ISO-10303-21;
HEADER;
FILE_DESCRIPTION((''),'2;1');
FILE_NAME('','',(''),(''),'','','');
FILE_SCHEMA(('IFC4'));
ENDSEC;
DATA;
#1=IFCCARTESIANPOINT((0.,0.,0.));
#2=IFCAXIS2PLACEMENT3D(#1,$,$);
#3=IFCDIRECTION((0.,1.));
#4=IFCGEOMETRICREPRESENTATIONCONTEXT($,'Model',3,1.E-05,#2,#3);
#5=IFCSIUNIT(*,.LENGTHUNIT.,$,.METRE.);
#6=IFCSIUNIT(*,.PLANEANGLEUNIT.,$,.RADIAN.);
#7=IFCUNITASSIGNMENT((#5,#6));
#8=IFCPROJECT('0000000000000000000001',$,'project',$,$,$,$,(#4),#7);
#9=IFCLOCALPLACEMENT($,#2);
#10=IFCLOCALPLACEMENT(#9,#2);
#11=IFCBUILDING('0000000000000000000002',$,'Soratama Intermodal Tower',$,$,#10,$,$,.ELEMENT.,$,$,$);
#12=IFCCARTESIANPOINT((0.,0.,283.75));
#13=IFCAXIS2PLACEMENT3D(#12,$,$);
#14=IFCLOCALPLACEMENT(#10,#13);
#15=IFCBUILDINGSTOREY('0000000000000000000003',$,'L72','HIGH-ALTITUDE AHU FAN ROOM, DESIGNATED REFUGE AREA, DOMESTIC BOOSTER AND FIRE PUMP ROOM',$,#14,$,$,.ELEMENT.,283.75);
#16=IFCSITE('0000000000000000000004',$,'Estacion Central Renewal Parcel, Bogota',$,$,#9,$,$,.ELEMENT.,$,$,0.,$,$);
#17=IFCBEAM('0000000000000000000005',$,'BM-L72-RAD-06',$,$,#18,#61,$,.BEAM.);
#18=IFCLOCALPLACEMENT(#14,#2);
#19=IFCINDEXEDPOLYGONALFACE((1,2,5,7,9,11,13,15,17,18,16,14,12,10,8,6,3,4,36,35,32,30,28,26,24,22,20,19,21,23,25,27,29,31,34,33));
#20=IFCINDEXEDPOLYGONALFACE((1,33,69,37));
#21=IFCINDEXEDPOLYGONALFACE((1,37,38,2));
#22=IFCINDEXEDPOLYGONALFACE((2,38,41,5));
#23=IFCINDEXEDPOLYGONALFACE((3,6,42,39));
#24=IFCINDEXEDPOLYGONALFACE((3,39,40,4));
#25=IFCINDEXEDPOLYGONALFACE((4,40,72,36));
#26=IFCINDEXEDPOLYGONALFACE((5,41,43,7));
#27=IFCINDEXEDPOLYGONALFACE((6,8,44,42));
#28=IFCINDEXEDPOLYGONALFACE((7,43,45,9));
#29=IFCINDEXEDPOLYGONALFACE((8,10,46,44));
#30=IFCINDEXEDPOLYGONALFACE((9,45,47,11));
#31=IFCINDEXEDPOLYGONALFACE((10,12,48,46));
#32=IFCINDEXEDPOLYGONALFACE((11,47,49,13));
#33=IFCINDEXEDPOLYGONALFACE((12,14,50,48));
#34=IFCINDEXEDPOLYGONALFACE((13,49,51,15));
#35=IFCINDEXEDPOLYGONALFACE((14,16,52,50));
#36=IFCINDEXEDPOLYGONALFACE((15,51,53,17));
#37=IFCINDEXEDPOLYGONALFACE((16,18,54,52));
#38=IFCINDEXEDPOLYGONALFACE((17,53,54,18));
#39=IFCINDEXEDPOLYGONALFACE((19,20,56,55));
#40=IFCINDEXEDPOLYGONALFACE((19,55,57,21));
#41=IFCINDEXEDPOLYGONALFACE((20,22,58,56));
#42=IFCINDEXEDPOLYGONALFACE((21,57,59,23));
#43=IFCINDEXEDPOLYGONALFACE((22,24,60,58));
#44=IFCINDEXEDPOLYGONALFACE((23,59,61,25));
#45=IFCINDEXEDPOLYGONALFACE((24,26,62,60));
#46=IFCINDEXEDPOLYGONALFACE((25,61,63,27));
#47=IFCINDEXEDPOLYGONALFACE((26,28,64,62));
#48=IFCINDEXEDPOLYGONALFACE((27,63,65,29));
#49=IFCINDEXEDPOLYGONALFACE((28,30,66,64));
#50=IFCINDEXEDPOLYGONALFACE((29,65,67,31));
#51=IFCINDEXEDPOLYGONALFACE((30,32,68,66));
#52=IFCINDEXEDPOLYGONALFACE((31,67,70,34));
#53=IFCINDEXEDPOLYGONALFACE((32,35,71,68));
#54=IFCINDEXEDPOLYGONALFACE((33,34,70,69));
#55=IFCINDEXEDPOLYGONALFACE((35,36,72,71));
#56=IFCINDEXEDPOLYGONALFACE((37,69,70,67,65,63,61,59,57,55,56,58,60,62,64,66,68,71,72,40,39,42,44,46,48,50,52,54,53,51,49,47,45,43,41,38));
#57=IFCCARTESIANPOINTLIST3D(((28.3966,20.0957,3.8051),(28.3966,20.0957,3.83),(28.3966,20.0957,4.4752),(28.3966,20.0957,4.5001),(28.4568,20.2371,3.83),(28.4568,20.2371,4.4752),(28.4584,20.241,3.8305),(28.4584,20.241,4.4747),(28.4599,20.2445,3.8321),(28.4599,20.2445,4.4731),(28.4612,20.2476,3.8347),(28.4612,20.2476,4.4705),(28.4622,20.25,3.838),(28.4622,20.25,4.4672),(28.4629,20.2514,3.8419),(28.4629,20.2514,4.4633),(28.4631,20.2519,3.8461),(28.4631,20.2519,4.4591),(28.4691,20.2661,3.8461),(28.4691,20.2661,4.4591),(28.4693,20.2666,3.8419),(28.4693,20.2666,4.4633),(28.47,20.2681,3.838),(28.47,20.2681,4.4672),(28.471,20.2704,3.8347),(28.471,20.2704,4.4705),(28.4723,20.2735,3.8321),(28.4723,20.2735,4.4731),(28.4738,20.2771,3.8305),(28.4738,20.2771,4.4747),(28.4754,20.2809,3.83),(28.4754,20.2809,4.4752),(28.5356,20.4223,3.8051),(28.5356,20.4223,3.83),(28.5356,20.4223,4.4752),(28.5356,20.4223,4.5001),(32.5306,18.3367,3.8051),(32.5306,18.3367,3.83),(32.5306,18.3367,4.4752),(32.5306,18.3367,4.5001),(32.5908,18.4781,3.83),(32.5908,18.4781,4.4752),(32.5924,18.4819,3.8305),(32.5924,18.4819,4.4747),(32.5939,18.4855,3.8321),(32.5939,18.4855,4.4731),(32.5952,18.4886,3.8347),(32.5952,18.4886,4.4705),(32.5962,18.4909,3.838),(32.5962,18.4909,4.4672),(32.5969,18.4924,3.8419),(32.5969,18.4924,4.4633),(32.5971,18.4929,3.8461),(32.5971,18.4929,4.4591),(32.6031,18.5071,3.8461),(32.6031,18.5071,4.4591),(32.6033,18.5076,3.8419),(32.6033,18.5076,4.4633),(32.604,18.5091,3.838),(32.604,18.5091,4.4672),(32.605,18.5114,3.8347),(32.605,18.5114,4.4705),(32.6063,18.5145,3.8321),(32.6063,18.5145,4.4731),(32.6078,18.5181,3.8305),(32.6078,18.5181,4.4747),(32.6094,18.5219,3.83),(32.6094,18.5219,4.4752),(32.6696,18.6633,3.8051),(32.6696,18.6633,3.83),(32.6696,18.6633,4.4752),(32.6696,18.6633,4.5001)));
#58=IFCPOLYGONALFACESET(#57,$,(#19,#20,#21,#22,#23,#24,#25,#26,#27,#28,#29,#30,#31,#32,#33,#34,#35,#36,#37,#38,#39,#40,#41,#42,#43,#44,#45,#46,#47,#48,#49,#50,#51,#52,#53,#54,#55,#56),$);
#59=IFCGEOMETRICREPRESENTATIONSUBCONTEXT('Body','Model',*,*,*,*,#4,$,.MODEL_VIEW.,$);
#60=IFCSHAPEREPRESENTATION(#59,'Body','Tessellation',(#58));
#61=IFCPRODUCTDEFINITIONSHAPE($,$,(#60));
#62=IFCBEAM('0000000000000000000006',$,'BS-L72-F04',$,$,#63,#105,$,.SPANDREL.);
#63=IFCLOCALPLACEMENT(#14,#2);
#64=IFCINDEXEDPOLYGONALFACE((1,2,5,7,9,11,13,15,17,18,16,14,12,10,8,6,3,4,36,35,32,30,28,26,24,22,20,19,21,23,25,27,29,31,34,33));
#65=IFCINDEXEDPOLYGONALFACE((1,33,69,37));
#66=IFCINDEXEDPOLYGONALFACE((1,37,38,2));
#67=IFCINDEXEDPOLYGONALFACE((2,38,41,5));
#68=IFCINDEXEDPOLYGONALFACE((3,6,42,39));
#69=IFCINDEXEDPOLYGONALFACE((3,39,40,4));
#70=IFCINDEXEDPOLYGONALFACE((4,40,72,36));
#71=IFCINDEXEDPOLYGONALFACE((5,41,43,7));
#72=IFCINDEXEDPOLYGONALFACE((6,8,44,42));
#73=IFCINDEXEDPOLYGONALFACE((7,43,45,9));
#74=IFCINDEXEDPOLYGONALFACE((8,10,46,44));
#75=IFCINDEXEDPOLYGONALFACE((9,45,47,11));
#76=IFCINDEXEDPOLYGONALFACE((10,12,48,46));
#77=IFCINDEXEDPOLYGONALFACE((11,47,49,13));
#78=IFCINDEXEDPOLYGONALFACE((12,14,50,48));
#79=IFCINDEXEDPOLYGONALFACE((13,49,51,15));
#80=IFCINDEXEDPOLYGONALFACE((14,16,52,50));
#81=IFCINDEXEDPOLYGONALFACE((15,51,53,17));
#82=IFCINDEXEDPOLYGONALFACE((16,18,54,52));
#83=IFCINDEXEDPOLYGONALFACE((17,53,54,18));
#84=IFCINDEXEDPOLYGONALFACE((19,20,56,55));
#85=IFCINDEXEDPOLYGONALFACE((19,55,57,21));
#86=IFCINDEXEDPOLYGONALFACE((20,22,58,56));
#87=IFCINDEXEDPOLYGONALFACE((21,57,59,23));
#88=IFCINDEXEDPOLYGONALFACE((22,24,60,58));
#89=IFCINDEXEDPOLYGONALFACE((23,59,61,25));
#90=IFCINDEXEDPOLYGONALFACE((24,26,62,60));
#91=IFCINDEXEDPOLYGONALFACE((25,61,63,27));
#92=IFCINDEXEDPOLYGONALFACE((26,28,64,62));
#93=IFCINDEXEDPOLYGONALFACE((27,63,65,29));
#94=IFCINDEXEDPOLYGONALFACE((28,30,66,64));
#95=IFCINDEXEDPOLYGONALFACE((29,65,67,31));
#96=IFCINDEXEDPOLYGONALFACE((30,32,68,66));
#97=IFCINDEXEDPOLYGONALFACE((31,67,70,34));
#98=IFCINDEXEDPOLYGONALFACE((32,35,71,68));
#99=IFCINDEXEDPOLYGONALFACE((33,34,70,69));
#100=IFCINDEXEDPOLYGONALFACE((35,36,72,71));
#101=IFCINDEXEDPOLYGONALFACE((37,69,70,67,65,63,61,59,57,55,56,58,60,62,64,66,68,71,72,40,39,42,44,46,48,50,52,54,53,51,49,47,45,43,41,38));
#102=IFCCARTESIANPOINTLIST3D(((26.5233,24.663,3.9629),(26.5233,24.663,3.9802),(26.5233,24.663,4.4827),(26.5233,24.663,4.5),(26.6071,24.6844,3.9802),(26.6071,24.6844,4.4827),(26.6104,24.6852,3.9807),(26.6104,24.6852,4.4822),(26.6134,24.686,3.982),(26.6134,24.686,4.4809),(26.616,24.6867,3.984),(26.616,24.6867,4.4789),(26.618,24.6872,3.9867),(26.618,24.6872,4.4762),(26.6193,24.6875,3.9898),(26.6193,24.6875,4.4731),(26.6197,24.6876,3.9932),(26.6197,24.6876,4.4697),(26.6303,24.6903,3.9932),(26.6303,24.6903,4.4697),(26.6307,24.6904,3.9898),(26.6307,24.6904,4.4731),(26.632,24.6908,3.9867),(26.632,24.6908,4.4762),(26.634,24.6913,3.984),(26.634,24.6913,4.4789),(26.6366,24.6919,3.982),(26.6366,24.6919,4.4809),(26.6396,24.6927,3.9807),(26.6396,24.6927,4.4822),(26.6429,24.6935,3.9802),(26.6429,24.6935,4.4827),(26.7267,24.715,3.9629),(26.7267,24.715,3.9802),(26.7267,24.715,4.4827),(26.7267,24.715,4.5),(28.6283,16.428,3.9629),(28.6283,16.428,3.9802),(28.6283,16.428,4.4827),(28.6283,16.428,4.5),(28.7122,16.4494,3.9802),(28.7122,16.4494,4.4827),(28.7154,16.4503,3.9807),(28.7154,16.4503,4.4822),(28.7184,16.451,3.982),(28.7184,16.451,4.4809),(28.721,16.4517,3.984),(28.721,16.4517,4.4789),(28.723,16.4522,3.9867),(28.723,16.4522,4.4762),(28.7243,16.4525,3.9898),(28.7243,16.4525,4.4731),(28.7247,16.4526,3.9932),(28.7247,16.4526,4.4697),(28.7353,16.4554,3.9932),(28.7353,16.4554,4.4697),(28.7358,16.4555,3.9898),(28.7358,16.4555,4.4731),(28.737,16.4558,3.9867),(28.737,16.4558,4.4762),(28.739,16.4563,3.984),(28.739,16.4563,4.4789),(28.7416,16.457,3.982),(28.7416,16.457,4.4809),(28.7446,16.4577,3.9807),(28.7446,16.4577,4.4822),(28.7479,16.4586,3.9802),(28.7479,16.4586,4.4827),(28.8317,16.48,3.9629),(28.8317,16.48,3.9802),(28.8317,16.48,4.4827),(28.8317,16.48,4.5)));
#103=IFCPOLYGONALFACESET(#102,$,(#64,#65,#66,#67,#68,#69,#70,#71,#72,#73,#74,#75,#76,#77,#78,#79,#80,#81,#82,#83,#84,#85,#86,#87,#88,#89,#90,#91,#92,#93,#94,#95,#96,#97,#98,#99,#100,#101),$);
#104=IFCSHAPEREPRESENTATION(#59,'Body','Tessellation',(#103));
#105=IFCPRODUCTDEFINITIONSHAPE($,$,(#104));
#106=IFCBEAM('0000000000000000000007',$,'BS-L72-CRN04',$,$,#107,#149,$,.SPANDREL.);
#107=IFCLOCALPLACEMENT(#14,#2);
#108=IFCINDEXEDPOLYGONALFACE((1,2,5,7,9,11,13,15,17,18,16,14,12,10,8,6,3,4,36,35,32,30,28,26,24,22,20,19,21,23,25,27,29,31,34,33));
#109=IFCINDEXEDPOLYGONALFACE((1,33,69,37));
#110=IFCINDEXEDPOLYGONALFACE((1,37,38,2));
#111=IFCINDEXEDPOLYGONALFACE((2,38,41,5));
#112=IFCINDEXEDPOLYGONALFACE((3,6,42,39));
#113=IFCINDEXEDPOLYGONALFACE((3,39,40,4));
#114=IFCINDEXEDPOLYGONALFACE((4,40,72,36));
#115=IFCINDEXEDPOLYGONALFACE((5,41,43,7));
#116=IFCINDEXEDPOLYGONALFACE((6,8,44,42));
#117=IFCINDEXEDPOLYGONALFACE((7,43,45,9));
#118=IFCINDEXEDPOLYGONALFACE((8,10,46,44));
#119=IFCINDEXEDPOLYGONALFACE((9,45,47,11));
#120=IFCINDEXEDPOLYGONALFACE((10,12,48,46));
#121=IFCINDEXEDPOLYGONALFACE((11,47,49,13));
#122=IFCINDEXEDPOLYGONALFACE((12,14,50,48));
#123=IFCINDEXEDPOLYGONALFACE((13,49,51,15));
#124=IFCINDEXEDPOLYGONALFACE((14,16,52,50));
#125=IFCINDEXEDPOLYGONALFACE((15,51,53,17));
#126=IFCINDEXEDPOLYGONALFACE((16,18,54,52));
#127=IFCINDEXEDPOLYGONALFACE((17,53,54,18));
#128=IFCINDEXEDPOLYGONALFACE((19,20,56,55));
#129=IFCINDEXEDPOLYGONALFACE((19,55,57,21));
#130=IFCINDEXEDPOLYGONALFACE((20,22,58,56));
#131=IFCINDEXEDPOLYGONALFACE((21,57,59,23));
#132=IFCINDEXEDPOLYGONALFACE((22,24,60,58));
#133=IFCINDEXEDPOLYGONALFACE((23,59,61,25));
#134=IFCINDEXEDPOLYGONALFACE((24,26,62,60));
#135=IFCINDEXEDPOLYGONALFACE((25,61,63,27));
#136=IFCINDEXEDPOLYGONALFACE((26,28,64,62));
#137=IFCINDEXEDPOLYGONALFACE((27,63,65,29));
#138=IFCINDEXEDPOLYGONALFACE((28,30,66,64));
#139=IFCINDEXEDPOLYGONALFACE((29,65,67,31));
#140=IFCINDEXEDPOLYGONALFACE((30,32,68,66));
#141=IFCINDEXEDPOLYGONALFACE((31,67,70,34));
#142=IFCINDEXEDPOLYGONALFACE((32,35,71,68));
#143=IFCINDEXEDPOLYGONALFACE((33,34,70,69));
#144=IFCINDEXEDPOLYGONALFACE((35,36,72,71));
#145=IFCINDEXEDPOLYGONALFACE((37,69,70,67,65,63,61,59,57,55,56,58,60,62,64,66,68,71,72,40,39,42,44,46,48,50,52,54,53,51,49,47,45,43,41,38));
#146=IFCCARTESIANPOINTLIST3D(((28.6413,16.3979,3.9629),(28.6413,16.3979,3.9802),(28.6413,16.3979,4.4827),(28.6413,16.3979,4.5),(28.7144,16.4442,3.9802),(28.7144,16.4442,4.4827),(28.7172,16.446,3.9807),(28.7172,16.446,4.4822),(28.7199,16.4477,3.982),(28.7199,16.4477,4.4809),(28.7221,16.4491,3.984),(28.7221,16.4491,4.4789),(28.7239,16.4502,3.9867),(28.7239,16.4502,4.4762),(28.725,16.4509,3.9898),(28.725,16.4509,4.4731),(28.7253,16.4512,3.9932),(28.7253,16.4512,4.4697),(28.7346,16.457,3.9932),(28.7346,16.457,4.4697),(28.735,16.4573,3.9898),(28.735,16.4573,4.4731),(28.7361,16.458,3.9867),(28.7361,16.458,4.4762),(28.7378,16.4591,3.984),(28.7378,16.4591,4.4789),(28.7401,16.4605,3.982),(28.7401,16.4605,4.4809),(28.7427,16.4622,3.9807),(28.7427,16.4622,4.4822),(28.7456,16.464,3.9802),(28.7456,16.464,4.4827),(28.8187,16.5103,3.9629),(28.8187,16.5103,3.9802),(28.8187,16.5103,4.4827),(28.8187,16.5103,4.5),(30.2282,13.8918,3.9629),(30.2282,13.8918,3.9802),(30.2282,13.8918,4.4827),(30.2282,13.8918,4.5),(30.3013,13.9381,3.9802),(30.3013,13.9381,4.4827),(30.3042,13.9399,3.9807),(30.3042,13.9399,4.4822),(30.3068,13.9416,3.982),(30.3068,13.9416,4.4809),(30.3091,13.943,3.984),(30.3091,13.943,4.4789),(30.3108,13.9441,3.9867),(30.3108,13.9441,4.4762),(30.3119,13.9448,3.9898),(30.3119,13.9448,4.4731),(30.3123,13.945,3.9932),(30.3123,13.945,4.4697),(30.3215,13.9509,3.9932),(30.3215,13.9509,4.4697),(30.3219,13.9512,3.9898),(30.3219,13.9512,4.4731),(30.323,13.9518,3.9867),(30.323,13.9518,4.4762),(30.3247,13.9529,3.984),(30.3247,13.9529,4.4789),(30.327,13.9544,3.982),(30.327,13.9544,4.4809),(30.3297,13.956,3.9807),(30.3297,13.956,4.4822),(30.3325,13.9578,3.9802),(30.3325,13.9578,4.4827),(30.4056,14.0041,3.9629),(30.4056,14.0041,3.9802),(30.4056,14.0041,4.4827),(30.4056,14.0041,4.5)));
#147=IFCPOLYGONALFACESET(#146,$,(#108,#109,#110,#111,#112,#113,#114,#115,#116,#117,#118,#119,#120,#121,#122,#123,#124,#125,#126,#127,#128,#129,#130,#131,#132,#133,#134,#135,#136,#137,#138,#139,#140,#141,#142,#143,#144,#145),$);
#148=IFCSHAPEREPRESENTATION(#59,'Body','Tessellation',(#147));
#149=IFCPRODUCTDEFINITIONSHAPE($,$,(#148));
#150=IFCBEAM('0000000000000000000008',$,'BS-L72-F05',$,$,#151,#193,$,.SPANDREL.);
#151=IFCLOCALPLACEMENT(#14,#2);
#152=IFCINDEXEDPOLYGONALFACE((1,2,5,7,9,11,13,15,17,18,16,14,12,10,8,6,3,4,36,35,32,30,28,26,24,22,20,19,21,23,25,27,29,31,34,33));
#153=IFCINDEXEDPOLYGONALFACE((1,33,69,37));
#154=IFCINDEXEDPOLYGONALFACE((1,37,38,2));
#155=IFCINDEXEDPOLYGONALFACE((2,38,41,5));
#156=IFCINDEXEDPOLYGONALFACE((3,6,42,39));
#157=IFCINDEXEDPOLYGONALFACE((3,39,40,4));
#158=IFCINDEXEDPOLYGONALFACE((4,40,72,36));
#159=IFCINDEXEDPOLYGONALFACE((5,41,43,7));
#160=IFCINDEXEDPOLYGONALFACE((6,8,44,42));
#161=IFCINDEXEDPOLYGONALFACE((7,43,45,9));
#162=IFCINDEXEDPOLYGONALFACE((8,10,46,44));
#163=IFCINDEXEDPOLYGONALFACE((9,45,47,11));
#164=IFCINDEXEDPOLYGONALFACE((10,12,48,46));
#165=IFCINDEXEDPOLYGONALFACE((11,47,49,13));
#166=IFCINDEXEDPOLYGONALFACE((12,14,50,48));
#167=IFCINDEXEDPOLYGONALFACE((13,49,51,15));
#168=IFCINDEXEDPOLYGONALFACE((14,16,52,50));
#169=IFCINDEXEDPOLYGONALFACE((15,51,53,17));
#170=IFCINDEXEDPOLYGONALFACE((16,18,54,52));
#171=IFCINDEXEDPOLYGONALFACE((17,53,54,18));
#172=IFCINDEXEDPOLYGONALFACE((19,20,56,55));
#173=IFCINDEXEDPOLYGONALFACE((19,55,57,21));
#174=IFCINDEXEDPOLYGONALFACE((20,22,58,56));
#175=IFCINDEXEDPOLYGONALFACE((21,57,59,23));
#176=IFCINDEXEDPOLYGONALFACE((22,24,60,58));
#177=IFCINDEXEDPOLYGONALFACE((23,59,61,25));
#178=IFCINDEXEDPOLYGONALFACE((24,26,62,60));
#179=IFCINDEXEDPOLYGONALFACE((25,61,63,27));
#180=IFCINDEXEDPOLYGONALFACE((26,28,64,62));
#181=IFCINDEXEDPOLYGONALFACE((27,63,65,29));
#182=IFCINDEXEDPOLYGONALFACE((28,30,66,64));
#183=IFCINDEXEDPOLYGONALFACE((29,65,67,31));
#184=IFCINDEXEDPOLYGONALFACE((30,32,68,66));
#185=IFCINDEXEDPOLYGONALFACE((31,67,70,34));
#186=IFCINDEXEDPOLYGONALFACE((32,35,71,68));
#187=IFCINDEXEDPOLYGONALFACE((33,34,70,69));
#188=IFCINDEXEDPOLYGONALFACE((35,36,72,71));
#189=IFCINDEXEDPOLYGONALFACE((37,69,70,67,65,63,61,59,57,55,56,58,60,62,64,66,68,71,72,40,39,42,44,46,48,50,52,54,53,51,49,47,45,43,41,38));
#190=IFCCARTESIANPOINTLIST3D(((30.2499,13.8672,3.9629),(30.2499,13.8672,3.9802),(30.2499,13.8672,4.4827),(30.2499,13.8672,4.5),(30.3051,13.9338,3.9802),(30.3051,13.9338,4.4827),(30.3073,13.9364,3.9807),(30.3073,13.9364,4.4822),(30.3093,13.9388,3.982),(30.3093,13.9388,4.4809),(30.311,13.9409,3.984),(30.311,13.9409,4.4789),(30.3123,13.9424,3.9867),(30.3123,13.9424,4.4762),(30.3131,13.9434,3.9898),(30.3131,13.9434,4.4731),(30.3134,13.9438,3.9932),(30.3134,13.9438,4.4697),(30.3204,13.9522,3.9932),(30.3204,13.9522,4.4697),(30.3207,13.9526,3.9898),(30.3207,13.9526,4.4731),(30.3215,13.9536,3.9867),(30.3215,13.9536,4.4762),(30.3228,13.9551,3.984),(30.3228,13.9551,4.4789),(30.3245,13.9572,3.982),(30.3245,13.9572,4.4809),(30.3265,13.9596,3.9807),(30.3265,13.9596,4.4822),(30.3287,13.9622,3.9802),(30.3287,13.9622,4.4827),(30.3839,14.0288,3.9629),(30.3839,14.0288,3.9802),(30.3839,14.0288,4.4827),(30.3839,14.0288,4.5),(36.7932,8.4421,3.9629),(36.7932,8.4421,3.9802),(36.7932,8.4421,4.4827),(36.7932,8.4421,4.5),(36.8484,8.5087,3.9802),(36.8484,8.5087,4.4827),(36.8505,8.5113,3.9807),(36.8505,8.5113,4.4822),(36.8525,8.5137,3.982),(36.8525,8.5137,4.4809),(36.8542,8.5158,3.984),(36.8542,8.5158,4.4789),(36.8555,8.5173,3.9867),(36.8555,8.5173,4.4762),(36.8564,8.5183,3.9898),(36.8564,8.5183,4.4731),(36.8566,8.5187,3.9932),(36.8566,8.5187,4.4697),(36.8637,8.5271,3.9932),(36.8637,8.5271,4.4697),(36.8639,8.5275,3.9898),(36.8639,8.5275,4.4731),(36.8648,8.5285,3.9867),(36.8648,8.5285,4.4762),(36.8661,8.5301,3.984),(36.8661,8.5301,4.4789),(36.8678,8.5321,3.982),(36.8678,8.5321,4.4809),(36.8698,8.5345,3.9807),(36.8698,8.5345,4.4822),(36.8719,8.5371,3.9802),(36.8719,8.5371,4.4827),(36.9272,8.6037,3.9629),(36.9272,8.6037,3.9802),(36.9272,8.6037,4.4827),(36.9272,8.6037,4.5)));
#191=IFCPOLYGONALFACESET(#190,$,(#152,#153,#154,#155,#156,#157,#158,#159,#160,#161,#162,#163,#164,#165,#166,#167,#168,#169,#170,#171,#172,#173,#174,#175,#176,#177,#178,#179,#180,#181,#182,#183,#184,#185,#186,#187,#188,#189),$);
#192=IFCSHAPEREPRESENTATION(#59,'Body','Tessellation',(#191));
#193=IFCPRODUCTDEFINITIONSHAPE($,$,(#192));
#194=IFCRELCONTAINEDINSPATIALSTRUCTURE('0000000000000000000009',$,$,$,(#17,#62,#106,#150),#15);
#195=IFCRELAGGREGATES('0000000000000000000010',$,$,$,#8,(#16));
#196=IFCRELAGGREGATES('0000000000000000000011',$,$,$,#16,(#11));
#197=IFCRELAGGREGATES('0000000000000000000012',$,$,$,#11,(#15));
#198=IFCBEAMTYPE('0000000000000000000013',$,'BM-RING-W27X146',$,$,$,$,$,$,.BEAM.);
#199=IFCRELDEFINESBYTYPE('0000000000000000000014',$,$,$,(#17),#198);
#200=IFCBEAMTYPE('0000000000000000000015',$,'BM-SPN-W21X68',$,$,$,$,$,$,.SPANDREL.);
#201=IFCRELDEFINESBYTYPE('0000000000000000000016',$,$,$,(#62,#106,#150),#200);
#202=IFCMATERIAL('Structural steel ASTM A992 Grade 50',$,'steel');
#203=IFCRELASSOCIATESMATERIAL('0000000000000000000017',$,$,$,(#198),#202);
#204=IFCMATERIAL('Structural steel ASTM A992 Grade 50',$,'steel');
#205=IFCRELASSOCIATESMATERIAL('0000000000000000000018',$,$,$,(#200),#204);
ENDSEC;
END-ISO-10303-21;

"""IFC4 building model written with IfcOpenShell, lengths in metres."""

from ifc_helpers import new_model, si_unit, direction, frame, origin, origin_2d, place, context, subcontext, project, spatial, i_section, extrude, material, material_profile, profile_set, type_object, element, save


model = new_model("IFC4")

# Units and contexts
model_context = context("Model", 3, precision=1e-05, world=origin(), true_north=direction((0.0, 1.0)))
body_context = subcontext(model_context, "Body", "Model", "MODEL_VIEW")
ifc_project = project(units=[si_unit("LENGTHUNIT", "METRE"), si_unit("PLANEANGLEUNIT", "RADIAN")], contexts=[model_context])

# Site, building, storey
site_placement = place(None, origin())
site = spatial("IfcSite", under=ifc_project, at=site_placement, Name="Estacion Central Renewal Parcel, Bogota", CompositionType="ELEMENT", RefElevation=0.0)
building_placement = place(site_placement, origin())
building = spatial("IfcBuilding", under=site, at=building_placement, Name="Soratama Intermodal Tower", CompositionType="ELEMENT")
storey_placement = place(building_placement, frame((0.0, 0.0, 283.75)))
storey = spatial("IfcBuildingStorey", under=building, at=storey_placement, Name="L72", Description="HIGH-ALTITUDE AHU FAN ROOM, DESIGNATED REFUGE AREA, DOMESTIC BOOSTER AND FIRE PUMP ROOM", CompositionType="ELEMENT", Elevation=283.75)

# Beams
ifc_material_1 = material(Name="Structural steel ASTM A992 Grade 50", Category="steel")
ifc_material_profile_1 = material_profile(ifc_material_1, i_section(OverallWidth=0.355, OverallDepth=0.6951, WebThickness=0.0154, FlangeThickness=0.0249, FilletRadius=0.0161, at=origin_2d()), Name="W27X146")
ifc_profile_set_1 = profile_set([ifc_material_profile_1], Name="Structural steel ASTM A992 Grade 50")
beam_type_1 = type_object("IfcBeamType", Name="BM-RING-W27X146", PredefinedType="BEAM", material=ifc_profile_set_1)
beam_1_placement = place(storey_placement, frame((32.6001, 18.5, 4.1526), z_axis=(-0.920165, 0.391531, 0.0), x_axis=(-0.391531, -0.920165, 0.0)))
element("IfcBeam", 1, at=beam_1_placement, inside=storey, type_object=beam_type_1, Name="BM-L72-RAD-06", PredefinedType="BEAM", context=body_context, shape_type="SweptSolid", body=[
    extrude(i_section(OverallWidth=0.355, OverallDepth=0.6951, WebThickness=0.0154, FlangeThickness=0.0249, FilletRadius=0.0161, at=origin_2d()), origin(), (0.0, 0.0, 1.0), 4.4927),
])
ifc_material_2 = material(Name="Structural steel ASTM A992 Grade 50", Category="steel")
ifc_material_profile_2 = material_profile(ifc_material_2, i_section(OverallWidth=0.21, OverallDepth=0.5371, WebThickness=0.011, FlangeThickness=0.0173, FilletRadius=0.0129, at=origin_2d()), Name="W21X68")
ifc_profile_set_2 = profile_set([ifc_material_profile_2], Name="Structural steel ASTM A992 Grade 50")
beam_type_2 = type_object("IfcBeamType", Name="BM-SPN-W21X68", PredefinedType="SPANDREL", material=ifc_profile_set_2)
beam_2_placement = place(storey_placement, frame((26.625, 24.689, 4.2314), z_axis=(0.247655, -0.968848, 0.0), x_axis=(0.968848, 0.247655, 0.0)))
element("IfcBeam", 2, at=beam_2_placement, inside=storey, type_object=beam_type_2, Name="BS-L72-F04", PredefinedType="SPANDREL", context=body_context, shape_type="SweptSolid", body=[
    extrude(i_section(OverallWidth=0.21, OverallDepth=0.5371, WebThickness=0.011, FlangeThickness=0.0173, FilletRadius=0.0129, at=origin_2d()), origin(), (0.0, 0.0, 1.0), 8.4998),
])
beam_3_placement = place(storey_placement, frame((28.73, 16.4541, 4.2314), z_axis=(0.534984, -0.844862, 0.0), x_axis=(0.844862, 0.534984, 0.0)))
element("IfcBeam", 3, at=beam_3_placement, inside=storey, type_object=beam_type_2, Name="BS-L72-CRN04", PredefinedType="SPANDREL", context=body_context, shape_type="SweptSolid", body=[
    extrude(i_section(OverallWidth=0.21, OverallDepth=0.5371, WebThickness=0.011, FlangeThickness=0.0173, FilletRadius=0.0129, at=origin_2d()), origin(), (0.0, 0.0, 1.0), 2.9663),
])
beam_4_placement = place(storey_placement, frame((30.3169, 13.948, 4.2314), z_axis=(0.769818, -0.638264, 0.0), x_axis=(0.638264, 0.769818, 0.0)))
element("IfcBeam", 4, at=beam_4_placement, inside=storey, type_object=beam_type_2, Name="BS-L72-F05", PredefinedType="SPANDREL", context=body_context, shape_type="SweptSolid", body=[
    extrude(i_section(OverallWidth=0.21, OverallDepth=0.5371, WebThickness=0.011, FlangeThickness=0.0173, FilletRadius=0.0129, at=origin_2d()), origin(), (0.0, 0.0, 1.0), 8.4998),
])

save(model, "model.ifc")
